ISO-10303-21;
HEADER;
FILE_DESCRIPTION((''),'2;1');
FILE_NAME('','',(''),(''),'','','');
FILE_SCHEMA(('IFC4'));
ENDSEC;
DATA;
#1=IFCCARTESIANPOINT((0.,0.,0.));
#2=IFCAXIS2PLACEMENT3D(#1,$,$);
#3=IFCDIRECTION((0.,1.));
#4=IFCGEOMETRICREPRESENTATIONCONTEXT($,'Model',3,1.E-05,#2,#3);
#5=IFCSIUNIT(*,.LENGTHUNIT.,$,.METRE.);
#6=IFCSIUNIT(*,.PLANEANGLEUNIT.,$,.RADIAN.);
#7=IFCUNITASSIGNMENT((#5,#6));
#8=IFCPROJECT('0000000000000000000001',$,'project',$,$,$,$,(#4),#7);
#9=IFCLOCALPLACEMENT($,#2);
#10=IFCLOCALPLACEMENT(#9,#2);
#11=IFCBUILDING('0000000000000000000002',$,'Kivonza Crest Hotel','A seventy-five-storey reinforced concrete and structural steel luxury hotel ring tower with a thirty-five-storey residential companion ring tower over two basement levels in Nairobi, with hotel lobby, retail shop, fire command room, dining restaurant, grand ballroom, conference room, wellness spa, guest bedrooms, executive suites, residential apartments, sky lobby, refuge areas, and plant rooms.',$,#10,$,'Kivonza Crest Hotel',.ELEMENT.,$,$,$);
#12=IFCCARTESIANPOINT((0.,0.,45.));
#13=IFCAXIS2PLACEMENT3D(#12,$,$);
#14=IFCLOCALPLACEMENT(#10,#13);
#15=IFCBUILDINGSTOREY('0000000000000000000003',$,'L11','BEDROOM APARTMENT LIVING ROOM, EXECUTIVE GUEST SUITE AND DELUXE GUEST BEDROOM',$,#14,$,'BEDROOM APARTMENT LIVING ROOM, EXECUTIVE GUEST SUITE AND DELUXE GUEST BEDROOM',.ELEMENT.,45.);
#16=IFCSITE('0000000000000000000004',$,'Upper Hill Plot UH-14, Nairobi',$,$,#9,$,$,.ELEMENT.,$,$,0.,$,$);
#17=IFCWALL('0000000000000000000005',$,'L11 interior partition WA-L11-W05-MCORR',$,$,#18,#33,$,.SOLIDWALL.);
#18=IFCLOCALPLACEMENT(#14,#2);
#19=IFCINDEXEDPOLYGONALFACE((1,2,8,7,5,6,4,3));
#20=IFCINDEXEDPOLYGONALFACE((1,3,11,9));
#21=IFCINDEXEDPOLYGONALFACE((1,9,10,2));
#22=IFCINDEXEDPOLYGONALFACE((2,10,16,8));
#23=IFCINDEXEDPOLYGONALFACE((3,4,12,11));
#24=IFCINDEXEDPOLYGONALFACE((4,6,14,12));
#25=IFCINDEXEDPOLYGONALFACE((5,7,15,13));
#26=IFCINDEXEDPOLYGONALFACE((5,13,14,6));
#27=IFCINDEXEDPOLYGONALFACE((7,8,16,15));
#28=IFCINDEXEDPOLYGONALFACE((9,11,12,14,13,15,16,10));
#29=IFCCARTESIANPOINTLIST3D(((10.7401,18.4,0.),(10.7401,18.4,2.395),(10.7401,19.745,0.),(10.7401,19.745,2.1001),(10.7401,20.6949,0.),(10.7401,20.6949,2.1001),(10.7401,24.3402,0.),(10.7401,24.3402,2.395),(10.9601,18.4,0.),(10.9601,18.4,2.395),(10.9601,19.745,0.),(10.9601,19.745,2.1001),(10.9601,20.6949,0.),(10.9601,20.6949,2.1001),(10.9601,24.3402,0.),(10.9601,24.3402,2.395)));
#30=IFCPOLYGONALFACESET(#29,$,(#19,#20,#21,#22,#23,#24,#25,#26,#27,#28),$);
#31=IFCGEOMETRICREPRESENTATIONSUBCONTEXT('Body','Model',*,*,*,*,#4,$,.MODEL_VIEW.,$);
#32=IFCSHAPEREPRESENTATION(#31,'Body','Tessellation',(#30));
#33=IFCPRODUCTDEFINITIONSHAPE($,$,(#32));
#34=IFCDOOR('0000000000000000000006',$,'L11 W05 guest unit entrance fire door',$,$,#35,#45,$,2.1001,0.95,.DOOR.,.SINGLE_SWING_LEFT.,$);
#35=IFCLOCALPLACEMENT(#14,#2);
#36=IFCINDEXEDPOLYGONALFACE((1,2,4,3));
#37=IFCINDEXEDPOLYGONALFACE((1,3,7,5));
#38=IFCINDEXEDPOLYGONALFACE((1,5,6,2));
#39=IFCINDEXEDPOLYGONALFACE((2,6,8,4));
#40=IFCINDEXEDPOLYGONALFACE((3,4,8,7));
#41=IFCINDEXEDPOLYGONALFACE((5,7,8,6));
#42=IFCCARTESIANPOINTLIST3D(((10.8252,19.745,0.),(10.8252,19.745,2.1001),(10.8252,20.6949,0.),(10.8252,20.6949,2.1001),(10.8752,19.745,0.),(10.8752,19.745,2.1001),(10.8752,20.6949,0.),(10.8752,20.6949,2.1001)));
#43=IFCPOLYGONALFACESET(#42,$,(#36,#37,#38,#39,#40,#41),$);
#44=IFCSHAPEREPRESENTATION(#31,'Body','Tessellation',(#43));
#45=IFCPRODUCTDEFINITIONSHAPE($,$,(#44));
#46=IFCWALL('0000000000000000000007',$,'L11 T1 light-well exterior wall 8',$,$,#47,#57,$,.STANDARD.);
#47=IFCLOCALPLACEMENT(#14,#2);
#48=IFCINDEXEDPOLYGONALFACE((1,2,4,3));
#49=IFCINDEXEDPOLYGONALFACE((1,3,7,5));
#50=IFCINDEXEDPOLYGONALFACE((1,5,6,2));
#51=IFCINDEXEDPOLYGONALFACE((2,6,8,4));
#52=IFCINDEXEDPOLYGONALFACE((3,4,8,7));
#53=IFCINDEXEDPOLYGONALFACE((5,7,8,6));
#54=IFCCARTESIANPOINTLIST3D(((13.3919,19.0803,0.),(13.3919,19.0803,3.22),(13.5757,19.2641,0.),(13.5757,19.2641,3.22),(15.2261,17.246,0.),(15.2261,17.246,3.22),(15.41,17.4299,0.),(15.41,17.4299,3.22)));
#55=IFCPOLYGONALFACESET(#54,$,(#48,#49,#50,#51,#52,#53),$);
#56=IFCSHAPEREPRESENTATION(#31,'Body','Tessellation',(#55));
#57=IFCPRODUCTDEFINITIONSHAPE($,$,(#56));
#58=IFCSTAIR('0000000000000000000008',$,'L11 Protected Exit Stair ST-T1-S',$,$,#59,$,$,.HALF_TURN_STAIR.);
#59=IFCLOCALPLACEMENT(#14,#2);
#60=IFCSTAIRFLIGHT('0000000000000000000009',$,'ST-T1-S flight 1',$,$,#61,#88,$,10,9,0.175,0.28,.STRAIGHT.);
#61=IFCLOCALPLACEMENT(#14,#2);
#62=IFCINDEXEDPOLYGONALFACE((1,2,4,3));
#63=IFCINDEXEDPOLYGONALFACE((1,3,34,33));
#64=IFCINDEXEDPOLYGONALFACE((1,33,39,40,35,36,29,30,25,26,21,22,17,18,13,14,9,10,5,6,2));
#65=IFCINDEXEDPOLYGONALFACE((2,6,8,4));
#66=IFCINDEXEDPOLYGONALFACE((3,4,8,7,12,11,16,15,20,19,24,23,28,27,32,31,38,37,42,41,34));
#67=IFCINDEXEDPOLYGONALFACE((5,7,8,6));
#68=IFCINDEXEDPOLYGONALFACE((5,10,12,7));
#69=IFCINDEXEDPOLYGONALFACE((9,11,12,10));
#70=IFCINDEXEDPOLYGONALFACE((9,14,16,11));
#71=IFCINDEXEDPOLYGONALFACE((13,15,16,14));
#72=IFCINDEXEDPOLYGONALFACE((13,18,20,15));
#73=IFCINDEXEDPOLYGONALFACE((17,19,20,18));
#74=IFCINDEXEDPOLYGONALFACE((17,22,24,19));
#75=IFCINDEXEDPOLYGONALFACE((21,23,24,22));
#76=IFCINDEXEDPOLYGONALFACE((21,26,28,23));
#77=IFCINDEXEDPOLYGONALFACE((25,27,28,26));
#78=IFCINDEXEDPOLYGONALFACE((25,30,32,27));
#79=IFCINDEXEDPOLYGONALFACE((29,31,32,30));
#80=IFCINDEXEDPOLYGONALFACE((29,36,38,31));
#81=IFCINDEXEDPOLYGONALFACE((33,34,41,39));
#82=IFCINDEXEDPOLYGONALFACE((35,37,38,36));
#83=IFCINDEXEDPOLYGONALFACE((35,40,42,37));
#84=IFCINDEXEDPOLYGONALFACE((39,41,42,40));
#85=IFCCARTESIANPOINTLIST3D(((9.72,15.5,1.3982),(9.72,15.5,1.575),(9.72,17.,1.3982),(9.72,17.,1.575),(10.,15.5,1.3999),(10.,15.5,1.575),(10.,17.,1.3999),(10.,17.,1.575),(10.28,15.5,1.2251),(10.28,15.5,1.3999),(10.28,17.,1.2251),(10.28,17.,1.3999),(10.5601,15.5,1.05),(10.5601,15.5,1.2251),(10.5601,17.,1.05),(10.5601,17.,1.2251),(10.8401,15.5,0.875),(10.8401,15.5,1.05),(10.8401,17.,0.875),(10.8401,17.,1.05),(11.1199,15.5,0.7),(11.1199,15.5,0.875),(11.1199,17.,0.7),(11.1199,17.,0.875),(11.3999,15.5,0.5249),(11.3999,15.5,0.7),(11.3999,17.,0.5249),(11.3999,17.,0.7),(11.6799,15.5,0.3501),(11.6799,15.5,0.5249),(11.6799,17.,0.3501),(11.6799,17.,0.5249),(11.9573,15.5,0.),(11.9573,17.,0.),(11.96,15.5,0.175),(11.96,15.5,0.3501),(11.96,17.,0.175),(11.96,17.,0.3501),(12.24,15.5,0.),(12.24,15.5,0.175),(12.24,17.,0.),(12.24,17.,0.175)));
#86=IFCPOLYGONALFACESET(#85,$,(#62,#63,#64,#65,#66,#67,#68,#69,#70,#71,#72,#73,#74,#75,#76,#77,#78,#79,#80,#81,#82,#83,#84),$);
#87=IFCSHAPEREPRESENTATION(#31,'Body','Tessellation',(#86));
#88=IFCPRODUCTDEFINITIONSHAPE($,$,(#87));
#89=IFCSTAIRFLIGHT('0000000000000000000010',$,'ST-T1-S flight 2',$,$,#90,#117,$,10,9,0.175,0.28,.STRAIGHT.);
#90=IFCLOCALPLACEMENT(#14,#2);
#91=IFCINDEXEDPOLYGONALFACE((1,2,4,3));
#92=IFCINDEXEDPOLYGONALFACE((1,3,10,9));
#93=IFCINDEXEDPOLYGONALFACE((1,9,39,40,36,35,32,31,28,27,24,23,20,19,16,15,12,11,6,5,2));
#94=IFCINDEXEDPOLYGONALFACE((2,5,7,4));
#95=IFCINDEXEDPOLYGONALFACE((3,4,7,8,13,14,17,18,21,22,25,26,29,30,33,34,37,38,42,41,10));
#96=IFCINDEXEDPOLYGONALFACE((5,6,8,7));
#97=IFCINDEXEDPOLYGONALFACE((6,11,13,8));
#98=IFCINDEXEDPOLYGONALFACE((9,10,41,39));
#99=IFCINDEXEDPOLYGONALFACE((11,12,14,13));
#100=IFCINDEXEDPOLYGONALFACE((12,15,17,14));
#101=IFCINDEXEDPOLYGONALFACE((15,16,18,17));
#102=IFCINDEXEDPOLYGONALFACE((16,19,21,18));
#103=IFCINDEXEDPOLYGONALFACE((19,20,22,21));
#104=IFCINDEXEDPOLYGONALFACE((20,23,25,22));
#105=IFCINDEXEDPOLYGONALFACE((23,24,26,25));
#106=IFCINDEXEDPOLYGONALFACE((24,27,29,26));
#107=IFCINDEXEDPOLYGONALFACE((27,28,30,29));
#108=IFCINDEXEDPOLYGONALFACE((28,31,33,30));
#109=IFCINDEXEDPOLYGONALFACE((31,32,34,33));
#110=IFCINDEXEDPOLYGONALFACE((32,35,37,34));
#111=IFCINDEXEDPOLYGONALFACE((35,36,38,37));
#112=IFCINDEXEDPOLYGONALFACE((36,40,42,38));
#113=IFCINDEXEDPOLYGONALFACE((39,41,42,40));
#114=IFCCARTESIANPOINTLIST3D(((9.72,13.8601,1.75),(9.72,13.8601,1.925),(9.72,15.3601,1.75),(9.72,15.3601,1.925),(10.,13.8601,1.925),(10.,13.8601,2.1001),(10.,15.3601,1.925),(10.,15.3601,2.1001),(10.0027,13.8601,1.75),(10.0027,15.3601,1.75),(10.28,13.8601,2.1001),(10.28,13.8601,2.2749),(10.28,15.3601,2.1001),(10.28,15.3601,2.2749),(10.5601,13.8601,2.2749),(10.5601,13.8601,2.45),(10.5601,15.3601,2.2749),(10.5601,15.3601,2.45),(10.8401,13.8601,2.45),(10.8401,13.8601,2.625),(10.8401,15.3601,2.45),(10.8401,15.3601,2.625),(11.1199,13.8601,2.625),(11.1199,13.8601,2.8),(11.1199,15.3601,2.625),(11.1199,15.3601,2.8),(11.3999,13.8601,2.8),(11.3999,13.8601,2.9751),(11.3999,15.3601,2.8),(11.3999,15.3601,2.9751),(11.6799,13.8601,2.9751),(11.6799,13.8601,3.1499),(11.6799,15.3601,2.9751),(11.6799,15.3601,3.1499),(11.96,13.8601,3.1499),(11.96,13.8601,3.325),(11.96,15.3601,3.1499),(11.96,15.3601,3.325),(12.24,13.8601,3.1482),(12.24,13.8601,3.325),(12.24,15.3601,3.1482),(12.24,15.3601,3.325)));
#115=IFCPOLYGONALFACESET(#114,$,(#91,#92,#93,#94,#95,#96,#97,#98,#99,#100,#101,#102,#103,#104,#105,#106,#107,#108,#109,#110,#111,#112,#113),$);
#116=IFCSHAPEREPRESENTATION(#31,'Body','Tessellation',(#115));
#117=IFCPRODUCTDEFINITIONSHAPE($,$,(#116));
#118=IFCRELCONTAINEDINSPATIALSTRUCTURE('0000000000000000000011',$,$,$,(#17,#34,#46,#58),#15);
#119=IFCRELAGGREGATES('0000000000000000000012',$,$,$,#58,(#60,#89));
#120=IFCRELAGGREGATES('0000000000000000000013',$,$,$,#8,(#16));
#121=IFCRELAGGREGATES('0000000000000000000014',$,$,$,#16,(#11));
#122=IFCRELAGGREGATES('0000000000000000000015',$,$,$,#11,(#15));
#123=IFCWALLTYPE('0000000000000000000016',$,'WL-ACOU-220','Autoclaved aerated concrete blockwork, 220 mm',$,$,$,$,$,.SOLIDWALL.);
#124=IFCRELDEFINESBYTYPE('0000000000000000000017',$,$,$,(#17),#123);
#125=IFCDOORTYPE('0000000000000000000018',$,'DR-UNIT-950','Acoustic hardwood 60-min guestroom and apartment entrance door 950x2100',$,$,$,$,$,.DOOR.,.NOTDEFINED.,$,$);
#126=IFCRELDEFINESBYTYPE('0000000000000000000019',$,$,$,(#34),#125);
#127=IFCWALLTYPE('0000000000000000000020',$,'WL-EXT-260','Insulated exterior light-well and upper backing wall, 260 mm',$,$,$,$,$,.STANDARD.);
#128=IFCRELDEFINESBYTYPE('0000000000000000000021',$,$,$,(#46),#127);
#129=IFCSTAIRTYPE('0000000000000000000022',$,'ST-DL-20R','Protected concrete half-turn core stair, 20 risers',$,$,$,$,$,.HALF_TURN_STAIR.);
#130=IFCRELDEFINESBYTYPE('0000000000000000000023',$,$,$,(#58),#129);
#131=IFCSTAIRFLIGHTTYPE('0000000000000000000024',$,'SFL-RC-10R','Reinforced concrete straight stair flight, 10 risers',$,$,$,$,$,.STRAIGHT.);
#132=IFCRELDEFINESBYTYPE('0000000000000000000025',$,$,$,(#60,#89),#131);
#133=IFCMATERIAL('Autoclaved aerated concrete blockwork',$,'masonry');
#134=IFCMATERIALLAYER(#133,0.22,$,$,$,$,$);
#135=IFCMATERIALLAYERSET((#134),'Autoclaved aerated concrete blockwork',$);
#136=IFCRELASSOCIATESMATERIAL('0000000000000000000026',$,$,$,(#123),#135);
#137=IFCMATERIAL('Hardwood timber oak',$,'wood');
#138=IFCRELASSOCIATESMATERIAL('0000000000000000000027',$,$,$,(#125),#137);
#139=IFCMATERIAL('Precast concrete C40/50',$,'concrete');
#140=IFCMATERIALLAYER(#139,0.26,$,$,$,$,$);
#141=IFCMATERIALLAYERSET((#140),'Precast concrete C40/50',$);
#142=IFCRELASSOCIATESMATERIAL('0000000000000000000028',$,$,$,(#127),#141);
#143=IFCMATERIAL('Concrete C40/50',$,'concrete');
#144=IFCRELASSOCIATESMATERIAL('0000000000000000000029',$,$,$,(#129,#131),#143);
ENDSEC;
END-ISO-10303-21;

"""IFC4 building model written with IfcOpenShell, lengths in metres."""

from ifc_helpers import new_model, si_unit, direction, frame, frame_2d, origin, place, context, subcontext, project, spatial, polyline, rectangle, outline, extrude, material, layer, layer_set, type_object, element, fill, aggregate, save


model = new_model("IFC4")

# Units and contexts
model_context = context("Model", 3, precision=1e-05, world=origin(), true_north=direction((0.0, 1.0)))
body_context = subcontext(model_context, "Body", "Model", "MODEL_VIEW")
ifc_project = project(units=[si_unit("LENGTHUNIT", "METRE"), si_unit("PLANEANGLEUNIT", "RADIAN")], contexts=[model_context])

# Site, building, storey
site_placement = place(None, origin())
site = spatial("IfcSite", under=ifc_project, at=site_placement, Name="Upper Hill Plot UH-14, Nairobi", CompositionType="ELEMENT", RefElevation=0.0)
building_placement = place(site_placement, origin())
building = spatial("IfcBuilding", under=site, at=building_placement, Name="Kivonza Crest Hotel", Description="A seventy-five-storey reinforced concrete and structural steel luxury hotel ring tower with a thirty-five-storey residential companion ring tower over two basement levels in Nairobi, with hotel lobby, retail shop, fire command room, dining restaurant, grand ballroom, conference room, wellness spa, guest bedrooms, executive suites, residential apartments, sky lobby, refuge areas, and plant rooms.", LongName="Kivonza Crest Hotel", CompositionType="ELEMENT")
storey_placement = place(building_placement, frame((0.0, 0.0, 45.0)))
storey = spatial("IfcBuildingStorey", under=building, at=storey_placement, Name="L11", Description="BEDROOM APARTMENT LIVING ROOM, EXECUTIVE GUEST SUITE AND DELUXE GUEST BEDROOM", LongName="BEDROOM APARTMENT LIVING ROOM, EXECUTIVE GUEST SUITE AND DELUXE GUEST BEDROOM", CompositionType="ELEMENT", Elevation=45.0)

# Shared definitions
ifc_material_1 = material(Name="Autoclaved aerated concrete blockwork", Category="masonry")
ifc_layer_1 = layer(ifc_material_1, 0.22)
ifc_layer_set_1 = layer_set([ifc_layer_1], Name="Autoclaved aerated concrete blockwork")
wall_type_1 = type_object("IfcWallType", Name="WL-ACOU-220", Description="Autoclaved aerated concrete blockwork, 220 mm", PredefinedType="SOLIDWALL", material=ifc_layer_set_1)

# Wall, opening, door
ifc_material_2 = material(Name="Hardwood timber oak", Category="wood")
door_type_1 = type_object("IfcDoorType", Name="DR-UNIT-950", Description="Acoustic hardwood 60-min guestroom and apartment entrance door 950x2100", OperationType="NOTDEFINED", PredefinedType="DOOR", material=ifc_material_2)
wall_1_placement = place(storey_placement, frame((10.8501, 18.3999, 0.0), z_axis=(0.0, 0.0, 1.0), x_axis=(0.0, 1.0, 0.0)))
wall_1 = element("IfcWall", 1, at=wall_1_placement, inside=storey, type_object=wall_type_1, Name="L11 interior partition WA-L11-W05-MCORR", PredefinedType="SOLIDWALL", context=body_context, shape_type="SweptSolid", body=[
    extrude(rectangle(XDim=5.9402, YDim=0.22, at=frame_2d((2.9702, 0.0))), origin(), (0.0, 0.0, 1.0), 2.395),
])
opening_1_placement = place(wall_1_placement, frame((1.345, 0.0, 0.0)))
opening_1 = element("IfcOpeningElement", 2, at=opening_1_placement, cuts=wall_1, PredefinedType="OPENING", context=body_context, shape_type="SweptSolid", body=[
    extrude(rectangle(XDim=0.95, YDim=2.1001, at=frame_2d((0.4751, 1.05))), frame((0.0, 0.1201, 0.0), z_axis=(0.0, -1.0, 0.0), x_axis=(1.0, 0.0, 0.0)), (0.0, 0.0, 1.0), 0.24),
])
door_1_placement = place(opening_1_placement, origin())
door_1 = element("IfcDoor", 3, at=door_1_placement, inside=storey, type_object=door_type_1, Name="L11 W05 guest unit entrance fire door", OperationType="SINGLE_SWING_LEFT", OverallHeight=2.1001, OverallWidth=0.95, PredefinedType="DOOR", context=body_context, shape_type="SweptSolid", body=[
    extrude(rectangle(XDim=0.95, YDim=2.1001, at=frame_2d((0.4751, 1.05))), frame((0.0, 0.0249, 0.0), z_axis=(0.0, -1.0, 0.0), x_axis=(1.0, 0.0, 0.0)), (0.0, 0.0, 1.0), 0.05),
])
fill(opening_1, door_1)

# Wall
ifc_material_3 = material(Name="Precast concrete C40/50", Category="concrete")
ifc_layer_2 = layer(ifc_material_3, 0.26)
ifc_layer_set_2 = layer_set([ifc_layer_2], Name="Precast concrete C40/50")
wall_type_2 = type_object("IfcWallType", Name="WL-EXT-260", Description="Insulated exterior light-well and upper backing wall, 260 mm", PredefinedType="STANDARD", material=ifc_layer_set_2)
wall_2_placement = place(storey_placement, frame((13.4839, 19.1721, 0.0), z_axis=(0.0, 0.0, 1.0), x_axis=(0.707107, -0.707107, 0.0)))
element("IfcWall", 4, at=wall_2_placement, inside=storey, type_object=wall_type_2, Name="L11 T1 light-well exterior wall 8", PredefinedType="STANDARD", context=body_context, shape_type="SweptSolid", body=[
    extrude(rectangle(XDim=2.594, YDim=0.26, at=frame_2d((1.2969, 0.0))), origin(), (0.0, 0.0, 1.0), 3.22),
])

# Stair, stair flights
ifc_material_4 = material(Name="Concrete C40/50", Category="concrete")
stair_type = type_object("IfcStairType", Name="ST-DL-20R", Description="Protected concrete half-turn core stair, 20 risers", PredefinedType="HALF_TURN_STAIR", material=ifc_material_4)
stair_placement = place(storey_placement, origin())
stair = element("IfcStair", 5, at=stair_placement, inside=storey, type_object=stair_type, Name="L11 Protected Exit Stair ST-T1-S", PredefinedType="HALF_TURN_STAIR")
stair_flight_type = type_object("IfcStairFlightType", Name="SFL-RC-10R", Description="Reinforced concrete straight stair flight, 10 risers", PredefinedType="STRAIGHT", material=ifc_material_4)
stair_flight_1_placement = place(storey_placement, frame((12.24, 16.25, 0.0), z_axis=(0.0, 0.0, 1.0), x_axis=(-1.0, 0.0, 0.0)))
stair_flight_1 = element("IfcStairFlight", 6, at=stair_flight_1_placement, type_object=stair_flight_type, Name="ST-T1-S flight 1", NumberOfRisers=10, NumberOfTreads=9, PredefinedType="STRAIGHT", RiserHeight=0.175, TreadLength=0.28, context=body_context, shape_type="SweptSolid", body=[
    extrude(outline(polyline([(0.0, 0.0), (0.0, 0.175), (0.28, 0.175), (0.28, 0.3501), (0.5601, 0.3501), (0.5601, 0.5249), (0.8401, 0.5249), (0.8401, 0.7), (1.1201, 0.7), (1.1201, 0.875), (1.3999, 0.875), (1.3999, 1.05), (1.6799, 1.05), (1.6799, 1.2251), (1.96, 1.2251), (1.96, 1.3999), (2.24, 1.3999), (2.24, 1.575), (2.52, 1.575), (2.52, 1.75), (2.52, 1.3982), (0.2827, 0.0), (0.0, 0.0)])), frame((0.0, 0.75, 0.0), z_axis=(0.0, -1.0, 0.0), x_axis=(1.0, 0.0, 0.0)), (0.0, 0.0, 1.0), 1.5),
])
stair_flight_2_placement = place(storey_placement, frame((9.72, 14.6101, 1.75), z_axis=(0.0, 0.0, 1.0), x_axis=(1.0, 0.0, 0.0)))
stair_flight_2 = element("IfcStairFlight", 7, at=stair_flight_2_placement, type_object=stair_flight_type, Name="ST-T1-S flight 2", NumberOfRisers=10, NumberOfTreads=9, PredefinedType="STRAIGHT", RiserHeight=0.175, TreadLength=0.28, context=body_context, shape_type="SweptSolid", body=[
    extrude(outline(polyline([(0.0, 0.0), (0.0, 0.175), (0.28, 0.175), (0.28, 0.3501), (0.5601, 0.3501), (0.5601, 0.5249), (0.8401, 0.5249), (0.8401, 0.7), (1.1201, 0.7), (1.1201, 0.875), (1.3999, 0.875), (1.3999, 1.05), (1.6799, 1.05), (1.6799, 1.2251), (1.96, 1.2251), (1.96, 1.3999), (2.24, 1.3999), (2.24, 1.575), (2.52, 1.575), (2.52, 1.75), (2.52, 1.3982), (0.2827, 0.0), (0.0, 0.0)])), frame((0.0, 0.75, 0.0), z_axis=(0.0, -1.0, 0.0), x_axis=(1.0, 0.0, 0.0)), (0.0, 0.0, 1.0), 1.5),
])
aggregate(stair, [stair_flight_1, stair_flight_2])

save(model, "model.ifc")
